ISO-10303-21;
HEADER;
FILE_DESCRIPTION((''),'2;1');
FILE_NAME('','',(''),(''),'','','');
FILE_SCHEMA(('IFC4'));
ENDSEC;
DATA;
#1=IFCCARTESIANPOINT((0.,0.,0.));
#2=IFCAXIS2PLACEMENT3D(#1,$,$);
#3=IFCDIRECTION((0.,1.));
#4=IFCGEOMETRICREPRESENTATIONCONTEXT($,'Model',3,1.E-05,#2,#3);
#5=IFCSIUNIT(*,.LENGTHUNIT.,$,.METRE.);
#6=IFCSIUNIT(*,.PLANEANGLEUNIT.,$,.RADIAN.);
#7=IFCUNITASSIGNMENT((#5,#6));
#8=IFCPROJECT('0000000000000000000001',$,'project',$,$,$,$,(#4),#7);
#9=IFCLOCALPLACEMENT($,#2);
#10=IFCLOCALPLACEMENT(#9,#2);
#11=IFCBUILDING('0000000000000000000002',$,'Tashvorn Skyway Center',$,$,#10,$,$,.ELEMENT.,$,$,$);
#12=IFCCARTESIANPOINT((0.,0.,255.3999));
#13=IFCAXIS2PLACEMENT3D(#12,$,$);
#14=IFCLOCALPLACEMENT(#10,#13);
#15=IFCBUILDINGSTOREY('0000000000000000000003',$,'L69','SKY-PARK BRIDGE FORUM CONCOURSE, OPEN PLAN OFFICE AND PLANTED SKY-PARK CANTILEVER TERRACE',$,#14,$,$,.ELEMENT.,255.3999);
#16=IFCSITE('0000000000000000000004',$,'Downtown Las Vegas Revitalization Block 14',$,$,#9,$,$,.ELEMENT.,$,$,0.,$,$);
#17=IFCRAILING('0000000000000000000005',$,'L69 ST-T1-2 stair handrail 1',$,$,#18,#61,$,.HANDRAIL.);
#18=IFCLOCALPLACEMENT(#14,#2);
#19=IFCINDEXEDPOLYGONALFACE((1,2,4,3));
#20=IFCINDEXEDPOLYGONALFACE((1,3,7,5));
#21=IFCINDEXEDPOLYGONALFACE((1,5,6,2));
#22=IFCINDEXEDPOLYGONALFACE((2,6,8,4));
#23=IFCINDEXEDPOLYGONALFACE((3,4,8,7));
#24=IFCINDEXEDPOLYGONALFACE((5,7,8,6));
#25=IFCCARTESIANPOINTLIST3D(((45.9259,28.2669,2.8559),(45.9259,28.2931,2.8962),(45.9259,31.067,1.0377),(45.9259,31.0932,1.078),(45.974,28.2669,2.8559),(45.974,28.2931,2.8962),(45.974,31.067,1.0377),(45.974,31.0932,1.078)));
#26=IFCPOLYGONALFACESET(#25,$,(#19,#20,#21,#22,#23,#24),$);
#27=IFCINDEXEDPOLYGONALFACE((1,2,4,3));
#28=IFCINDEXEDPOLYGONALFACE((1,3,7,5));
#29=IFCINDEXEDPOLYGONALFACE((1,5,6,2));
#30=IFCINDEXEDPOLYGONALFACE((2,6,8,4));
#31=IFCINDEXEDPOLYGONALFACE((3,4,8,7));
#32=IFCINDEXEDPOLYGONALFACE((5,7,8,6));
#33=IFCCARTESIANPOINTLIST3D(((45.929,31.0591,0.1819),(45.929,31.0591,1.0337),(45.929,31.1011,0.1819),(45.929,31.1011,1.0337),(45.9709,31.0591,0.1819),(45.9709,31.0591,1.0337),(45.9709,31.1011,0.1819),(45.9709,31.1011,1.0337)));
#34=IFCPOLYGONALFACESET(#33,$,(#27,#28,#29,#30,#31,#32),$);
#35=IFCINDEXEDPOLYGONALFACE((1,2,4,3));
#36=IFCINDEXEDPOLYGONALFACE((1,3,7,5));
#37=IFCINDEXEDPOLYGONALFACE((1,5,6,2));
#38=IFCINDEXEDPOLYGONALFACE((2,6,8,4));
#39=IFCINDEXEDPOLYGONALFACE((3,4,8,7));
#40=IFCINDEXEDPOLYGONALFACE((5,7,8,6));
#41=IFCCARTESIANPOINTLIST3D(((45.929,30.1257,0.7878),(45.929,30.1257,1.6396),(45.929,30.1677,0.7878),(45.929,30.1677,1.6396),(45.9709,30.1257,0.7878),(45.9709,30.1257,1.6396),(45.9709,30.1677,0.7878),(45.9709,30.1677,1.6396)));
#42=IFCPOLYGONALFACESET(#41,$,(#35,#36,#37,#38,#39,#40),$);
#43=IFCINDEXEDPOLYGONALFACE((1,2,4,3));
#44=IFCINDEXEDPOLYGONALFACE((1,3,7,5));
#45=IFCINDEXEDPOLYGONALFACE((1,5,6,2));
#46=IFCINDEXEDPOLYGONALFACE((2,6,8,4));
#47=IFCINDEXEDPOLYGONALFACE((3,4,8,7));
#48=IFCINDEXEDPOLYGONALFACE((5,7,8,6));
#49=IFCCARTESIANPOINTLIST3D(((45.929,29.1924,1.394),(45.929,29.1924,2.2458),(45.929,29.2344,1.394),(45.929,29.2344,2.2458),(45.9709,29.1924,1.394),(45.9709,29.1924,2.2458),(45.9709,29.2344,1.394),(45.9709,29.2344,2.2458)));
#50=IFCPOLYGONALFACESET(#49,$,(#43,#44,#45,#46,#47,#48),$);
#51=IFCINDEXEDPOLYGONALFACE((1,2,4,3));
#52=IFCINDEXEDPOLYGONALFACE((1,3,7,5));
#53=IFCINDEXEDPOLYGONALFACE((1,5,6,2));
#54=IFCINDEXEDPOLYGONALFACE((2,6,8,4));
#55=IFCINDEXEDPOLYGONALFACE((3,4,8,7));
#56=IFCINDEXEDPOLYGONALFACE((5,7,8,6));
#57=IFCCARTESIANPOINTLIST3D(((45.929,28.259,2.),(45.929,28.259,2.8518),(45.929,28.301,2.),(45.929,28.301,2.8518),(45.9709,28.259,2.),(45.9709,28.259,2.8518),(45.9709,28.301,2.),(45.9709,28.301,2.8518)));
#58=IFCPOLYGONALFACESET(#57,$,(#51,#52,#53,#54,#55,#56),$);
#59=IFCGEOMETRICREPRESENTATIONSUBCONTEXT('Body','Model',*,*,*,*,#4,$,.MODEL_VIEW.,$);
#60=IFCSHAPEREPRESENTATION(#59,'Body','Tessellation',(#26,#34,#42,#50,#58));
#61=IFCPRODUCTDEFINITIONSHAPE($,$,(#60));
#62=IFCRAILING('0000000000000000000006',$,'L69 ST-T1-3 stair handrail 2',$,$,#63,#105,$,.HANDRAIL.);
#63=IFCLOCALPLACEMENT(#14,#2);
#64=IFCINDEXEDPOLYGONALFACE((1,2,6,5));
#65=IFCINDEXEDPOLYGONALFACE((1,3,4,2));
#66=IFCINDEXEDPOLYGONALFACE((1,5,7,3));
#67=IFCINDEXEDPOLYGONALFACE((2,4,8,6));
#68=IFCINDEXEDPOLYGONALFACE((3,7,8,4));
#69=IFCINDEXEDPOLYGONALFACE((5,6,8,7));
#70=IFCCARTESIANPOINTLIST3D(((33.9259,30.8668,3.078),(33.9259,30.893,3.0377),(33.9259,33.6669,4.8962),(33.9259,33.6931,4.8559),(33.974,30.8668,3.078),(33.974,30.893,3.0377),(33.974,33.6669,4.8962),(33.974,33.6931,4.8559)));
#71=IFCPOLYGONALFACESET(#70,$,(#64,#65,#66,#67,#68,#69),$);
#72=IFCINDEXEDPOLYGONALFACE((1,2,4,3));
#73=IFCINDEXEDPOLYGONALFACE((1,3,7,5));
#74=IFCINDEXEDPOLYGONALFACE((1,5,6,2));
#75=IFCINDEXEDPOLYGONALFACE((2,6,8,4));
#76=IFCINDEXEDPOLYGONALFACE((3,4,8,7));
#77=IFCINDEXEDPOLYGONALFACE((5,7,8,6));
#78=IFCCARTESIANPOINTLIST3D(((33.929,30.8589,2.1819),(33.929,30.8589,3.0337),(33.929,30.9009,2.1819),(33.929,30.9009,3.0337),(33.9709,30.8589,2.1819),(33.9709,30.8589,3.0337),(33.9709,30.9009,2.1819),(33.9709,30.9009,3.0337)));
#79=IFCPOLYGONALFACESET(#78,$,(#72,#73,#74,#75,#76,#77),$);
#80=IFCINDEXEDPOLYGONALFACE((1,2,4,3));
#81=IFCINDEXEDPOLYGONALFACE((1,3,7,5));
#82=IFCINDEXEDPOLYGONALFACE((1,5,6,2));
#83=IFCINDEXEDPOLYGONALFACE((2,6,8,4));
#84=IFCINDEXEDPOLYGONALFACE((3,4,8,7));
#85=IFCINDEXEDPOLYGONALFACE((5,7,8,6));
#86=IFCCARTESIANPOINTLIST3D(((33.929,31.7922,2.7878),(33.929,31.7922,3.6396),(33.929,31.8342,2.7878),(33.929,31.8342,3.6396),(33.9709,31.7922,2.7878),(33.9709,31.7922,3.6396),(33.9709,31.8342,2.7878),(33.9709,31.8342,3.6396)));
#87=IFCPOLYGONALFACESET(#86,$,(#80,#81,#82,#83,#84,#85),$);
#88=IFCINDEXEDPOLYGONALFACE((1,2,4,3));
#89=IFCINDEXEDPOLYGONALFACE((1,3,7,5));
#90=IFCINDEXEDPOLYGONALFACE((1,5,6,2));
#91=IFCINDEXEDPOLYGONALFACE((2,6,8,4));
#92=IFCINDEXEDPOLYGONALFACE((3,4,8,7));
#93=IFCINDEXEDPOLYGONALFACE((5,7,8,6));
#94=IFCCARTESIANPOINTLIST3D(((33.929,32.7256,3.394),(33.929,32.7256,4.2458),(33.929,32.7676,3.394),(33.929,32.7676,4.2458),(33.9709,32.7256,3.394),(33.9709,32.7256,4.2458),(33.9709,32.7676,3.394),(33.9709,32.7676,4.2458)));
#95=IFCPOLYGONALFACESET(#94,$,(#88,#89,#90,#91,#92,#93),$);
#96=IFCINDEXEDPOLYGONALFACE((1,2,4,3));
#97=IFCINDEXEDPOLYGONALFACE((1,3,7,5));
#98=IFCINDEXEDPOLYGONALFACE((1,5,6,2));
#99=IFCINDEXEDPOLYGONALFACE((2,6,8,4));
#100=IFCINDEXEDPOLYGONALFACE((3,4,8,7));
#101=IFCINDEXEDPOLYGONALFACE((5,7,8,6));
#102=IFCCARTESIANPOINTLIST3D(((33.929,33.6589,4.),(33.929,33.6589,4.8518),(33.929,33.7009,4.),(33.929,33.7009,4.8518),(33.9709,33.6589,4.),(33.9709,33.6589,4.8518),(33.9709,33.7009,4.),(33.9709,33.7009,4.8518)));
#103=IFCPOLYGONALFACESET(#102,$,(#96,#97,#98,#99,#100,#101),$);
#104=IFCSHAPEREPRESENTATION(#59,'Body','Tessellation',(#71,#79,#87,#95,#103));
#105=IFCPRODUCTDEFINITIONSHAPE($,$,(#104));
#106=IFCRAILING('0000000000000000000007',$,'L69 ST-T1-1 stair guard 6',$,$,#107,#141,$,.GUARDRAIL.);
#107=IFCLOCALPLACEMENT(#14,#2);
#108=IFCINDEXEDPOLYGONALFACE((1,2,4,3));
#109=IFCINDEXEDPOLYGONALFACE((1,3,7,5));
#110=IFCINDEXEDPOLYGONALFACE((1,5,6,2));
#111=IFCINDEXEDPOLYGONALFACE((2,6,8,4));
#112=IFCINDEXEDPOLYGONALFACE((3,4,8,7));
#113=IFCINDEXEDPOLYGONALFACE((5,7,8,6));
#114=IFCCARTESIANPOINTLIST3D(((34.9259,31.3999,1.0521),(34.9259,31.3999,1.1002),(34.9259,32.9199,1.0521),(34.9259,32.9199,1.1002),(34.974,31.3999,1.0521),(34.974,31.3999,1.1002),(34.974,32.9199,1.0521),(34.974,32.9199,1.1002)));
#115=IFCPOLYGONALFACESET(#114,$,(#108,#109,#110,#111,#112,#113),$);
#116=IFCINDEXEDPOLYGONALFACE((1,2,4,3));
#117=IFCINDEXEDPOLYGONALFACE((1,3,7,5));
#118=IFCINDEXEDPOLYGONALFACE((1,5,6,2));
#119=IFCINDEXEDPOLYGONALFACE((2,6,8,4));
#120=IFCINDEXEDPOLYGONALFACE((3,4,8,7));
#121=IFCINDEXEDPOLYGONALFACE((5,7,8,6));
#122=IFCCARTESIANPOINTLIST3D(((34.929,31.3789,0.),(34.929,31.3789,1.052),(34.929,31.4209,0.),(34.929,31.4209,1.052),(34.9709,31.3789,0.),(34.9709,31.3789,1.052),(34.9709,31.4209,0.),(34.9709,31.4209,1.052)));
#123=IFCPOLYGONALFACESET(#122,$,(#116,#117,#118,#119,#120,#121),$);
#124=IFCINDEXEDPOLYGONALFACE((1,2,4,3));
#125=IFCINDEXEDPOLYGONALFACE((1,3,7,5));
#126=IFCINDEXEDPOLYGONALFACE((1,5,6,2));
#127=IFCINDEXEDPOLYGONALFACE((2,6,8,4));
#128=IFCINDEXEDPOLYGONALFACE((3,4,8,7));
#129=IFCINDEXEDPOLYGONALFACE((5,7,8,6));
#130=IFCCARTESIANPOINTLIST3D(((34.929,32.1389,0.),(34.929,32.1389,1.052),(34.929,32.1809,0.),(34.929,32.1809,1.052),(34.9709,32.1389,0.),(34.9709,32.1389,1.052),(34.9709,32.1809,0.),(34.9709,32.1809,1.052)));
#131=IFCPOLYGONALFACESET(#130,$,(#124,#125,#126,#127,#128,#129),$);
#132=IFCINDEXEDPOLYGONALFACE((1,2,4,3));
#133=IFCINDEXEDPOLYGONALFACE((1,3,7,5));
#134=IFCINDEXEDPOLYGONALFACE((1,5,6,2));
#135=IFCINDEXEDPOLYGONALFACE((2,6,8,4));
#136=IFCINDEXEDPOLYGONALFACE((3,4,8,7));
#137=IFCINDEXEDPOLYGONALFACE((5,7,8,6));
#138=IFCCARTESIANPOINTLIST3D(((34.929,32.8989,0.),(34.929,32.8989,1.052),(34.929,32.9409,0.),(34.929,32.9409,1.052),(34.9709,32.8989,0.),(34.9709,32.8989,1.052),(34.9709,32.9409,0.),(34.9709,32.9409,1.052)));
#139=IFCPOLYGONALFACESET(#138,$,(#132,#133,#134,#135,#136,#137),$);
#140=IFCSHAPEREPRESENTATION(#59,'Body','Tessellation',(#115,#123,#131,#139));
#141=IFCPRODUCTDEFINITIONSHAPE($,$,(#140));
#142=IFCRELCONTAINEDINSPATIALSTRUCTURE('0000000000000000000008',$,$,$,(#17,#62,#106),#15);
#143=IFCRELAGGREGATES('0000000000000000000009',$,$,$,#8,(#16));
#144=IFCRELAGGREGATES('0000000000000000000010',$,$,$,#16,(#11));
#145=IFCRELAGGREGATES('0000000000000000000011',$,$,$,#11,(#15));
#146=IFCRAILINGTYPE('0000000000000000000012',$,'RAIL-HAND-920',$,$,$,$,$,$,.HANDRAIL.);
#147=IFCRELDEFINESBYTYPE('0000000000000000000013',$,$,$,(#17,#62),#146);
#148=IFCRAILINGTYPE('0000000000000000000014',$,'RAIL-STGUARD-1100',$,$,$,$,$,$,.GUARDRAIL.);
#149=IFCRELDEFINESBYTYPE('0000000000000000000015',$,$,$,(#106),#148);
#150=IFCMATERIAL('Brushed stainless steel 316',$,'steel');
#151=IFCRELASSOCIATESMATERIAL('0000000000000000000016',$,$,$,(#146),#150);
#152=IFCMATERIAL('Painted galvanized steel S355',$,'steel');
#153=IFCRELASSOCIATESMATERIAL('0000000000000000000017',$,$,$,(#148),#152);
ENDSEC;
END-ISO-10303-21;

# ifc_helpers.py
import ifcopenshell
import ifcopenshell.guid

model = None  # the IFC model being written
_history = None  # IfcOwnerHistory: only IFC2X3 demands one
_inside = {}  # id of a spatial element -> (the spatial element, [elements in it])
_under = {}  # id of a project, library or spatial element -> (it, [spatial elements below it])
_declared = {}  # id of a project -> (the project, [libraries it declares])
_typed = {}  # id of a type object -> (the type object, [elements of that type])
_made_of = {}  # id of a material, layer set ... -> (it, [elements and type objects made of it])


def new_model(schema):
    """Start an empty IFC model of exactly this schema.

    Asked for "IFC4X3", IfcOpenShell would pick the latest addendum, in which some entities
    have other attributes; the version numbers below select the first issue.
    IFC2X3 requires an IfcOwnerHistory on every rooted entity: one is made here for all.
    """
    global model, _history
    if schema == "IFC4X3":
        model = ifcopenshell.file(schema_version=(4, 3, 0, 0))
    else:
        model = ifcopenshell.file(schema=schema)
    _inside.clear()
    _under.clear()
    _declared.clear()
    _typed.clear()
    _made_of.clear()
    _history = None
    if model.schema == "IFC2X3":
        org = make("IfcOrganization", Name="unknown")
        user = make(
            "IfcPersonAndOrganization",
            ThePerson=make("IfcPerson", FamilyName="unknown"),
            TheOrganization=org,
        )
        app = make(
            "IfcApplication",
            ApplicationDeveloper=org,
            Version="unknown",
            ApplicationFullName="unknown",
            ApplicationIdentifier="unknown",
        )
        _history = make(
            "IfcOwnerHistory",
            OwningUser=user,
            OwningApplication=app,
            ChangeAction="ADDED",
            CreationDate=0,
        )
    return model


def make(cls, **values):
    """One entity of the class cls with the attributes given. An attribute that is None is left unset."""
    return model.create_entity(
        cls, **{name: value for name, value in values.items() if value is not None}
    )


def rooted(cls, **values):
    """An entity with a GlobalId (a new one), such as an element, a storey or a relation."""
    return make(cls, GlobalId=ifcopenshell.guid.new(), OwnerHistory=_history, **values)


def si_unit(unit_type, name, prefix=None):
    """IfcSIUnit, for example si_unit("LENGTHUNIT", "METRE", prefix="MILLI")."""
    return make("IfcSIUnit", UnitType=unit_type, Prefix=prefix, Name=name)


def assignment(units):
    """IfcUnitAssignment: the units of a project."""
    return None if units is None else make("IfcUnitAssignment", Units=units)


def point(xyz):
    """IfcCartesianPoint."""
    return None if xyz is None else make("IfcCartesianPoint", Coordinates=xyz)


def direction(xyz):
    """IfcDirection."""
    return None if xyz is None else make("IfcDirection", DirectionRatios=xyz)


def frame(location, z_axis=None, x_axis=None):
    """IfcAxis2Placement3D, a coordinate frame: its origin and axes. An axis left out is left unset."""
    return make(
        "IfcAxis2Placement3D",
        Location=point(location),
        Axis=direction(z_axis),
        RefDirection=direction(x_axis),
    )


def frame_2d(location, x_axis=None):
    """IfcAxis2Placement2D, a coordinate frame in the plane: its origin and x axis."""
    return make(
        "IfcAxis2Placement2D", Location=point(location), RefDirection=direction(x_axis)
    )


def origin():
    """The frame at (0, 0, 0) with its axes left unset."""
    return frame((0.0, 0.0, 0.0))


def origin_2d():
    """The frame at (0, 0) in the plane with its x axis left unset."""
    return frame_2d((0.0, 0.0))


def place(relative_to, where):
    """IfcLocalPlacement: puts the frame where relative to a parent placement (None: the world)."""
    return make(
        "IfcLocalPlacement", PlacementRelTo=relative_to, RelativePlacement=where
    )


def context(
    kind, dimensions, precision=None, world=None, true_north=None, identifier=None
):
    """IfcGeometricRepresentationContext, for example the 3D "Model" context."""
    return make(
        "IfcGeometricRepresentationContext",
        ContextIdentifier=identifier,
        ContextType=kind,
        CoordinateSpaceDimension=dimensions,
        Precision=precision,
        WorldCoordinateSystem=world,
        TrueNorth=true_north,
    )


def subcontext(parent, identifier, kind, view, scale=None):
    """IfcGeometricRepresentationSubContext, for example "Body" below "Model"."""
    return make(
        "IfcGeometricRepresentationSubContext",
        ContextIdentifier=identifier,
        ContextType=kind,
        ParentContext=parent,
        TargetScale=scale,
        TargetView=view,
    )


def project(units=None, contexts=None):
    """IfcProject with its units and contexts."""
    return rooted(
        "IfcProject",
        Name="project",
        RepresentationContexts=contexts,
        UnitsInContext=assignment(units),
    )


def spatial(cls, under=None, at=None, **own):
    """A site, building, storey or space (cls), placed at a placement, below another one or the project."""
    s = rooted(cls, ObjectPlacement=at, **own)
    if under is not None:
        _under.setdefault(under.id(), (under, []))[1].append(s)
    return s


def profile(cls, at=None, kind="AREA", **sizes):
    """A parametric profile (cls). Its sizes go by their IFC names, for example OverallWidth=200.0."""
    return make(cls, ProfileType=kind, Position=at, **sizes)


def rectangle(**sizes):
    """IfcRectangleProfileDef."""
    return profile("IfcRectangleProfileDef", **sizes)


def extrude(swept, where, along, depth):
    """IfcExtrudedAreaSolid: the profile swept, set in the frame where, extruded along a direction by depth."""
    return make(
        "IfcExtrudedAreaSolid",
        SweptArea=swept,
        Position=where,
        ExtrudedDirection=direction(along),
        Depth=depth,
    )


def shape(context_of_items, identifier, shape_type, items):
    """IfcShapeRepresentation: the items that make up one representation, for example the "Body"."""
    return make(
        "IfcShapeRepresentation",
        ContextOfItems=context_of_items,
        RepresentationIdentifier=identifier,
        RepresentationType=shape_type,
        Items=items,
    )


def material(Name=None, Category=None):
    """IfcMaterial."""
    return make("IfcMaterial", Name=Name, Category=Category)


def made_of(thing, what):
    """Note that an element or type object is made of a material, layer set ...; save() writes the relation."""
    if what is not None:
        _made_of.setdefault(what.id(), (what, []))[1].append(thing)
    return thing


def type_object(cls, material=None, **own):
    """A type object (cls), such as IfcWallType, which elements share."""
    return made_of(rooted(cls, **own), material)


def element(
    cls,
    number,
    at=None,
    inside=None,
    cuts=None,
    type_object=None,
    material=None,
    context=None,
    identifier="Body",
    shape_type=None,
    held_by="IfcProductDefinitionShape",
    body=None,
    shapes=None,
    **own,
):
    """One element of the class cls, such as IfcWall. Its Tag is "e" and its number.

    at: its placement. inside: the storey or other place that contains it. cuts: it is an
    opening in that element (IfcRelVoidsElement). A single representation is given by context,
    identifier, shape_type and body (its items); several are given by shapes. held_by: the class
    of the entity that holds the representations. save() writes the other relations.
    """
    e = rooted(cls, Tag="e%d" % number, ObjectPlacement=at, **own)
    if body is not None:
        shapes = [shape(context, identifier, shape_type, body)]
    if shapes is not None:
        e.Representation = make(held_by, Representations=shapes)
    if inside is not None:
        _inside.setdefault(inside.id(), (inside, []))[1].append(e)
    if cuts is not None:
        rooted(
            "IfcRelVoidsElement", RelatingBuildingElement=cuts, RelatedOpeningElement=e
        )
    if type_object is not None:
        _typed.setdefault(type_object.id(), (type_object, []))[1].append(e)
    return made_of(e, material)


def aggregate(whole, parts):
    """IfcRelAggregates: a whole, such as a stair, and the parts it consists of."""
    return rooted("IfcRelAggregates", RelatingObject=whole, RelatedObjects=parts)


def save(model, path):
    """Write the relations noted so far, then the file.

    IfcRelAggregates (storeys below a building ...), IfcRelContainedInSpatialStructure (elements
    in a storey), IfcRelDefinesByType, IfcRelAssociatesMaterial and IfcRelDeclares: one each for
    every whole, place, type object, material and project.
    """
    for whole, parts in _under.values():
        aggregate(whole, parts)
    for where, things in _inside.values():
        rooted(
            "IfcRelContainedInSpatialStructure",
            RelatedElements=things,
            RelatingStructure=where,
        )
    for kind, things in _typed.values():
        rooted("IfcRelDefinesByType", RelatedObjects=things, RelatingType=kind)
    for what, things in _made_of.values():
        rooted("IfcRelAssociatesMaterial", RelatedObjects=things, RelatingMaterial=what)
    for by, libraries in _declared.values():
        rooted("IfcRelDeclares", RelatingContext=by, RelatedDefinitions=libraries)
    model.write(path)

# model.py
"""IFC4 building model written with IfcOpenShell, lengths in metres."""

from ifc_helpers import new_model, si_unit, direction, frame, origin, origin_2d, place, context, subcontext, project, spatial, rectangle, extrude, material, type_object, element, save


model = new_model("IFC4")

# Units and contexts
model_context = context("Model", 3, precision=1e-05, world=origin(), true_north=direction((0.0, 1.0)))
body_context = subcontext(model_context, "Body", "Model", "MODEL_VIEW")
ifc_project = project(units=[si_unit("LENGTHUNIT", "METRE"), si_unit("PLANEANGLEUNIT", "RADIAN")], contexts=[model_context])

# Site, building, storey
site_placement = place(None, origin())
site = spatial("IfcSite", under=ifc_project, at=site_placement, Name="Downtown Las Vegas Revitalization Block 14", CompositionType="ELEMENT", RefElevation=0.0)
building_placement = place(site_placement, origin())
building = spatial("IfcBuilding", under=site, at=building_placement, Name="Tashvorn Skyway Center", CompositionType="ELEMENT")
storey_placement = place(building_placement, frame((0.0, 0.0, 255.3999)))
storey = spatial("IfcBuildingStorey", under=building, at=storey_placement, Name="L69", Description="SKY-PARK BRIDGE FORUM CONCOURSE, OPEN PLAN OFFICE AND PLANTED SKY-PARK CANTILEVER TERRACE", CompositionType="ELEMENT", Elevation=255.3999)

# Railings
ifc_material_1 = material(Name="Brushed stainless steel 316", Category="steel")
railing_type_1 = type_object("IfcRailingType", Name="RAIL-HAND-920", PredefinedType="HANDRAIL", material=ifc_material_1)
railing_1_placement = place(storey_placement, frame((45.95, 31.0801, 0.1819)))
element("IfcRailing", 1, at=railing_1_placement, inside=storey, type_object=railing_type_1, Name="L69 ST-T1-2 stair handrail 1", PredefinedType="HANDRAIL", context=body_context, shape_type="SweptSolid", body=[
    extrude(rectangle(XDim=0.0481, YDim=0.0481, at=origin_2d()), frame((0.0, 0.0, 0.876), z_axis=(0.0, -0.838706, 0.544585), x_axis=(1.0, 0.0, 0.0)), (0.0, 0.0, 1.0), 3.3386),
    extrude(rectangle(XDim=0.042, YDim=0.042, at=origin_2d()), origin(), (0.0, 0.0, 1.0), 0.8518),
    extrude(rectangle(XDim=0.042, YDim=0.042, at=origin_2d()), frame((0.0, -0.9333, 0.606)), (0.0, 0.0, 1.0), 0.8518),
    extrude(rectangle(XDim=0.042, YDim=0.042, at=origin_2d()), frame((0.0, -1.8667, 1.2122)), (0.0, 0.0, 1.0), 0.8518),
    extrude(rectangle(XDim=0.042, YDim=0.042, at=origin_2d()), frame((0.0, -2.8, 1.8181)), (0.0, 0.0, 1.0), 0.8518),
])
railing_2_placement = place(storey_placement, frame((33.95, 30.8799, 2.1819)))
element("IfcRailing", 2, at=railing_2_placement, inside=storey, type_object=railing_type_1, Name="L69 ST-T1-3 stair handrail 2", PredefinedType="HANDRAIL", context=body_context, shape_type="SweptSolid", body=[
    extrude(rectangle(XDim=0.0481, YDim=0.0481, at=origin_2d()), frame((0.0, 0.0, 0.876), z_axis=(0.0, 0.838706, 0.544585), x_axis=(-1.0, 0.0, 0.0)), (0.0, 0.0, 1.0), 3.3386),
    extrude(rectangle(XDim=0.042, YDim=0.042, at=origin_2d()), origin(), (0.0, 0.0, 1.0), 0.8518),
    extrude(rectangle(XDim=0.042, YDim=0.042, at=origin_2d()), frame((0.0, 0.9333, 0.606)), (0.0, 0.0, 1.0), 0.8518),
    extrude(rectangle(XDim=0.042, YDim=0.042, at=origin_2d()), frame((0.0, 1.8667, 1.2122)), (0.0, 0.0, 1.0), 0.8518),
    extrude(rectangle(XDim=0.042, YDim=0.042, at=origin_2d()), frame((0.0, 2.8, 1.8181)), (0.0, 0.0, 1.0), 0.8518),
])
ifc_material_2 = material(Name="Painted galvanized steel S355", Category="steel")
railing_type_2 = type_object("IfcRailingType", Name="RAIL-STGUARD-1100", PredefinedType="GUARDRAIL", material=ifc_material_2)
railing_3_placement = place(storey_placement, frame((34.95, 31.3999, 0.0)))
element("IfcRailing", 3, at=railing_3_placement, inside=storey, type_object=railing_type_2, Name="L69 ST-T1-1 stair guard 6", PredefinedType="GUARDRAIL", context=body_context, shape_type="SweptSolid", body=[
    extrude(rectangle(XDim=0.0481, YDim=0.0481, at=origin_2d()), frame((0.0, 0.0, 1.0762), z_axis=(0.0, 1.0, 0.0), x_axis=(-1.0, 0.0, 0.0)), (0.0, 0.0, 1.0), 1.52),
    extrude(rectangle(XDim=0.042, YDim=0.042, at=origin_2d()), origin(), (0.0, 0.0, 1.0), 1.052),
    extrude(rectangle(XDim=0.042, YDim=0.042, at=origin_2d()), frame((0.0, 0.76, 0.0)), (0.0, 0.0, 1.0), 1.052),
    extrude(rectangle(XDim=0.042, YDim=0.042, at=origin_2d()), frame((0.0, 1.52, 0.0)), (0.0, 0.0, 1.0), 1.052),
])

save(model, "model.ifc")
